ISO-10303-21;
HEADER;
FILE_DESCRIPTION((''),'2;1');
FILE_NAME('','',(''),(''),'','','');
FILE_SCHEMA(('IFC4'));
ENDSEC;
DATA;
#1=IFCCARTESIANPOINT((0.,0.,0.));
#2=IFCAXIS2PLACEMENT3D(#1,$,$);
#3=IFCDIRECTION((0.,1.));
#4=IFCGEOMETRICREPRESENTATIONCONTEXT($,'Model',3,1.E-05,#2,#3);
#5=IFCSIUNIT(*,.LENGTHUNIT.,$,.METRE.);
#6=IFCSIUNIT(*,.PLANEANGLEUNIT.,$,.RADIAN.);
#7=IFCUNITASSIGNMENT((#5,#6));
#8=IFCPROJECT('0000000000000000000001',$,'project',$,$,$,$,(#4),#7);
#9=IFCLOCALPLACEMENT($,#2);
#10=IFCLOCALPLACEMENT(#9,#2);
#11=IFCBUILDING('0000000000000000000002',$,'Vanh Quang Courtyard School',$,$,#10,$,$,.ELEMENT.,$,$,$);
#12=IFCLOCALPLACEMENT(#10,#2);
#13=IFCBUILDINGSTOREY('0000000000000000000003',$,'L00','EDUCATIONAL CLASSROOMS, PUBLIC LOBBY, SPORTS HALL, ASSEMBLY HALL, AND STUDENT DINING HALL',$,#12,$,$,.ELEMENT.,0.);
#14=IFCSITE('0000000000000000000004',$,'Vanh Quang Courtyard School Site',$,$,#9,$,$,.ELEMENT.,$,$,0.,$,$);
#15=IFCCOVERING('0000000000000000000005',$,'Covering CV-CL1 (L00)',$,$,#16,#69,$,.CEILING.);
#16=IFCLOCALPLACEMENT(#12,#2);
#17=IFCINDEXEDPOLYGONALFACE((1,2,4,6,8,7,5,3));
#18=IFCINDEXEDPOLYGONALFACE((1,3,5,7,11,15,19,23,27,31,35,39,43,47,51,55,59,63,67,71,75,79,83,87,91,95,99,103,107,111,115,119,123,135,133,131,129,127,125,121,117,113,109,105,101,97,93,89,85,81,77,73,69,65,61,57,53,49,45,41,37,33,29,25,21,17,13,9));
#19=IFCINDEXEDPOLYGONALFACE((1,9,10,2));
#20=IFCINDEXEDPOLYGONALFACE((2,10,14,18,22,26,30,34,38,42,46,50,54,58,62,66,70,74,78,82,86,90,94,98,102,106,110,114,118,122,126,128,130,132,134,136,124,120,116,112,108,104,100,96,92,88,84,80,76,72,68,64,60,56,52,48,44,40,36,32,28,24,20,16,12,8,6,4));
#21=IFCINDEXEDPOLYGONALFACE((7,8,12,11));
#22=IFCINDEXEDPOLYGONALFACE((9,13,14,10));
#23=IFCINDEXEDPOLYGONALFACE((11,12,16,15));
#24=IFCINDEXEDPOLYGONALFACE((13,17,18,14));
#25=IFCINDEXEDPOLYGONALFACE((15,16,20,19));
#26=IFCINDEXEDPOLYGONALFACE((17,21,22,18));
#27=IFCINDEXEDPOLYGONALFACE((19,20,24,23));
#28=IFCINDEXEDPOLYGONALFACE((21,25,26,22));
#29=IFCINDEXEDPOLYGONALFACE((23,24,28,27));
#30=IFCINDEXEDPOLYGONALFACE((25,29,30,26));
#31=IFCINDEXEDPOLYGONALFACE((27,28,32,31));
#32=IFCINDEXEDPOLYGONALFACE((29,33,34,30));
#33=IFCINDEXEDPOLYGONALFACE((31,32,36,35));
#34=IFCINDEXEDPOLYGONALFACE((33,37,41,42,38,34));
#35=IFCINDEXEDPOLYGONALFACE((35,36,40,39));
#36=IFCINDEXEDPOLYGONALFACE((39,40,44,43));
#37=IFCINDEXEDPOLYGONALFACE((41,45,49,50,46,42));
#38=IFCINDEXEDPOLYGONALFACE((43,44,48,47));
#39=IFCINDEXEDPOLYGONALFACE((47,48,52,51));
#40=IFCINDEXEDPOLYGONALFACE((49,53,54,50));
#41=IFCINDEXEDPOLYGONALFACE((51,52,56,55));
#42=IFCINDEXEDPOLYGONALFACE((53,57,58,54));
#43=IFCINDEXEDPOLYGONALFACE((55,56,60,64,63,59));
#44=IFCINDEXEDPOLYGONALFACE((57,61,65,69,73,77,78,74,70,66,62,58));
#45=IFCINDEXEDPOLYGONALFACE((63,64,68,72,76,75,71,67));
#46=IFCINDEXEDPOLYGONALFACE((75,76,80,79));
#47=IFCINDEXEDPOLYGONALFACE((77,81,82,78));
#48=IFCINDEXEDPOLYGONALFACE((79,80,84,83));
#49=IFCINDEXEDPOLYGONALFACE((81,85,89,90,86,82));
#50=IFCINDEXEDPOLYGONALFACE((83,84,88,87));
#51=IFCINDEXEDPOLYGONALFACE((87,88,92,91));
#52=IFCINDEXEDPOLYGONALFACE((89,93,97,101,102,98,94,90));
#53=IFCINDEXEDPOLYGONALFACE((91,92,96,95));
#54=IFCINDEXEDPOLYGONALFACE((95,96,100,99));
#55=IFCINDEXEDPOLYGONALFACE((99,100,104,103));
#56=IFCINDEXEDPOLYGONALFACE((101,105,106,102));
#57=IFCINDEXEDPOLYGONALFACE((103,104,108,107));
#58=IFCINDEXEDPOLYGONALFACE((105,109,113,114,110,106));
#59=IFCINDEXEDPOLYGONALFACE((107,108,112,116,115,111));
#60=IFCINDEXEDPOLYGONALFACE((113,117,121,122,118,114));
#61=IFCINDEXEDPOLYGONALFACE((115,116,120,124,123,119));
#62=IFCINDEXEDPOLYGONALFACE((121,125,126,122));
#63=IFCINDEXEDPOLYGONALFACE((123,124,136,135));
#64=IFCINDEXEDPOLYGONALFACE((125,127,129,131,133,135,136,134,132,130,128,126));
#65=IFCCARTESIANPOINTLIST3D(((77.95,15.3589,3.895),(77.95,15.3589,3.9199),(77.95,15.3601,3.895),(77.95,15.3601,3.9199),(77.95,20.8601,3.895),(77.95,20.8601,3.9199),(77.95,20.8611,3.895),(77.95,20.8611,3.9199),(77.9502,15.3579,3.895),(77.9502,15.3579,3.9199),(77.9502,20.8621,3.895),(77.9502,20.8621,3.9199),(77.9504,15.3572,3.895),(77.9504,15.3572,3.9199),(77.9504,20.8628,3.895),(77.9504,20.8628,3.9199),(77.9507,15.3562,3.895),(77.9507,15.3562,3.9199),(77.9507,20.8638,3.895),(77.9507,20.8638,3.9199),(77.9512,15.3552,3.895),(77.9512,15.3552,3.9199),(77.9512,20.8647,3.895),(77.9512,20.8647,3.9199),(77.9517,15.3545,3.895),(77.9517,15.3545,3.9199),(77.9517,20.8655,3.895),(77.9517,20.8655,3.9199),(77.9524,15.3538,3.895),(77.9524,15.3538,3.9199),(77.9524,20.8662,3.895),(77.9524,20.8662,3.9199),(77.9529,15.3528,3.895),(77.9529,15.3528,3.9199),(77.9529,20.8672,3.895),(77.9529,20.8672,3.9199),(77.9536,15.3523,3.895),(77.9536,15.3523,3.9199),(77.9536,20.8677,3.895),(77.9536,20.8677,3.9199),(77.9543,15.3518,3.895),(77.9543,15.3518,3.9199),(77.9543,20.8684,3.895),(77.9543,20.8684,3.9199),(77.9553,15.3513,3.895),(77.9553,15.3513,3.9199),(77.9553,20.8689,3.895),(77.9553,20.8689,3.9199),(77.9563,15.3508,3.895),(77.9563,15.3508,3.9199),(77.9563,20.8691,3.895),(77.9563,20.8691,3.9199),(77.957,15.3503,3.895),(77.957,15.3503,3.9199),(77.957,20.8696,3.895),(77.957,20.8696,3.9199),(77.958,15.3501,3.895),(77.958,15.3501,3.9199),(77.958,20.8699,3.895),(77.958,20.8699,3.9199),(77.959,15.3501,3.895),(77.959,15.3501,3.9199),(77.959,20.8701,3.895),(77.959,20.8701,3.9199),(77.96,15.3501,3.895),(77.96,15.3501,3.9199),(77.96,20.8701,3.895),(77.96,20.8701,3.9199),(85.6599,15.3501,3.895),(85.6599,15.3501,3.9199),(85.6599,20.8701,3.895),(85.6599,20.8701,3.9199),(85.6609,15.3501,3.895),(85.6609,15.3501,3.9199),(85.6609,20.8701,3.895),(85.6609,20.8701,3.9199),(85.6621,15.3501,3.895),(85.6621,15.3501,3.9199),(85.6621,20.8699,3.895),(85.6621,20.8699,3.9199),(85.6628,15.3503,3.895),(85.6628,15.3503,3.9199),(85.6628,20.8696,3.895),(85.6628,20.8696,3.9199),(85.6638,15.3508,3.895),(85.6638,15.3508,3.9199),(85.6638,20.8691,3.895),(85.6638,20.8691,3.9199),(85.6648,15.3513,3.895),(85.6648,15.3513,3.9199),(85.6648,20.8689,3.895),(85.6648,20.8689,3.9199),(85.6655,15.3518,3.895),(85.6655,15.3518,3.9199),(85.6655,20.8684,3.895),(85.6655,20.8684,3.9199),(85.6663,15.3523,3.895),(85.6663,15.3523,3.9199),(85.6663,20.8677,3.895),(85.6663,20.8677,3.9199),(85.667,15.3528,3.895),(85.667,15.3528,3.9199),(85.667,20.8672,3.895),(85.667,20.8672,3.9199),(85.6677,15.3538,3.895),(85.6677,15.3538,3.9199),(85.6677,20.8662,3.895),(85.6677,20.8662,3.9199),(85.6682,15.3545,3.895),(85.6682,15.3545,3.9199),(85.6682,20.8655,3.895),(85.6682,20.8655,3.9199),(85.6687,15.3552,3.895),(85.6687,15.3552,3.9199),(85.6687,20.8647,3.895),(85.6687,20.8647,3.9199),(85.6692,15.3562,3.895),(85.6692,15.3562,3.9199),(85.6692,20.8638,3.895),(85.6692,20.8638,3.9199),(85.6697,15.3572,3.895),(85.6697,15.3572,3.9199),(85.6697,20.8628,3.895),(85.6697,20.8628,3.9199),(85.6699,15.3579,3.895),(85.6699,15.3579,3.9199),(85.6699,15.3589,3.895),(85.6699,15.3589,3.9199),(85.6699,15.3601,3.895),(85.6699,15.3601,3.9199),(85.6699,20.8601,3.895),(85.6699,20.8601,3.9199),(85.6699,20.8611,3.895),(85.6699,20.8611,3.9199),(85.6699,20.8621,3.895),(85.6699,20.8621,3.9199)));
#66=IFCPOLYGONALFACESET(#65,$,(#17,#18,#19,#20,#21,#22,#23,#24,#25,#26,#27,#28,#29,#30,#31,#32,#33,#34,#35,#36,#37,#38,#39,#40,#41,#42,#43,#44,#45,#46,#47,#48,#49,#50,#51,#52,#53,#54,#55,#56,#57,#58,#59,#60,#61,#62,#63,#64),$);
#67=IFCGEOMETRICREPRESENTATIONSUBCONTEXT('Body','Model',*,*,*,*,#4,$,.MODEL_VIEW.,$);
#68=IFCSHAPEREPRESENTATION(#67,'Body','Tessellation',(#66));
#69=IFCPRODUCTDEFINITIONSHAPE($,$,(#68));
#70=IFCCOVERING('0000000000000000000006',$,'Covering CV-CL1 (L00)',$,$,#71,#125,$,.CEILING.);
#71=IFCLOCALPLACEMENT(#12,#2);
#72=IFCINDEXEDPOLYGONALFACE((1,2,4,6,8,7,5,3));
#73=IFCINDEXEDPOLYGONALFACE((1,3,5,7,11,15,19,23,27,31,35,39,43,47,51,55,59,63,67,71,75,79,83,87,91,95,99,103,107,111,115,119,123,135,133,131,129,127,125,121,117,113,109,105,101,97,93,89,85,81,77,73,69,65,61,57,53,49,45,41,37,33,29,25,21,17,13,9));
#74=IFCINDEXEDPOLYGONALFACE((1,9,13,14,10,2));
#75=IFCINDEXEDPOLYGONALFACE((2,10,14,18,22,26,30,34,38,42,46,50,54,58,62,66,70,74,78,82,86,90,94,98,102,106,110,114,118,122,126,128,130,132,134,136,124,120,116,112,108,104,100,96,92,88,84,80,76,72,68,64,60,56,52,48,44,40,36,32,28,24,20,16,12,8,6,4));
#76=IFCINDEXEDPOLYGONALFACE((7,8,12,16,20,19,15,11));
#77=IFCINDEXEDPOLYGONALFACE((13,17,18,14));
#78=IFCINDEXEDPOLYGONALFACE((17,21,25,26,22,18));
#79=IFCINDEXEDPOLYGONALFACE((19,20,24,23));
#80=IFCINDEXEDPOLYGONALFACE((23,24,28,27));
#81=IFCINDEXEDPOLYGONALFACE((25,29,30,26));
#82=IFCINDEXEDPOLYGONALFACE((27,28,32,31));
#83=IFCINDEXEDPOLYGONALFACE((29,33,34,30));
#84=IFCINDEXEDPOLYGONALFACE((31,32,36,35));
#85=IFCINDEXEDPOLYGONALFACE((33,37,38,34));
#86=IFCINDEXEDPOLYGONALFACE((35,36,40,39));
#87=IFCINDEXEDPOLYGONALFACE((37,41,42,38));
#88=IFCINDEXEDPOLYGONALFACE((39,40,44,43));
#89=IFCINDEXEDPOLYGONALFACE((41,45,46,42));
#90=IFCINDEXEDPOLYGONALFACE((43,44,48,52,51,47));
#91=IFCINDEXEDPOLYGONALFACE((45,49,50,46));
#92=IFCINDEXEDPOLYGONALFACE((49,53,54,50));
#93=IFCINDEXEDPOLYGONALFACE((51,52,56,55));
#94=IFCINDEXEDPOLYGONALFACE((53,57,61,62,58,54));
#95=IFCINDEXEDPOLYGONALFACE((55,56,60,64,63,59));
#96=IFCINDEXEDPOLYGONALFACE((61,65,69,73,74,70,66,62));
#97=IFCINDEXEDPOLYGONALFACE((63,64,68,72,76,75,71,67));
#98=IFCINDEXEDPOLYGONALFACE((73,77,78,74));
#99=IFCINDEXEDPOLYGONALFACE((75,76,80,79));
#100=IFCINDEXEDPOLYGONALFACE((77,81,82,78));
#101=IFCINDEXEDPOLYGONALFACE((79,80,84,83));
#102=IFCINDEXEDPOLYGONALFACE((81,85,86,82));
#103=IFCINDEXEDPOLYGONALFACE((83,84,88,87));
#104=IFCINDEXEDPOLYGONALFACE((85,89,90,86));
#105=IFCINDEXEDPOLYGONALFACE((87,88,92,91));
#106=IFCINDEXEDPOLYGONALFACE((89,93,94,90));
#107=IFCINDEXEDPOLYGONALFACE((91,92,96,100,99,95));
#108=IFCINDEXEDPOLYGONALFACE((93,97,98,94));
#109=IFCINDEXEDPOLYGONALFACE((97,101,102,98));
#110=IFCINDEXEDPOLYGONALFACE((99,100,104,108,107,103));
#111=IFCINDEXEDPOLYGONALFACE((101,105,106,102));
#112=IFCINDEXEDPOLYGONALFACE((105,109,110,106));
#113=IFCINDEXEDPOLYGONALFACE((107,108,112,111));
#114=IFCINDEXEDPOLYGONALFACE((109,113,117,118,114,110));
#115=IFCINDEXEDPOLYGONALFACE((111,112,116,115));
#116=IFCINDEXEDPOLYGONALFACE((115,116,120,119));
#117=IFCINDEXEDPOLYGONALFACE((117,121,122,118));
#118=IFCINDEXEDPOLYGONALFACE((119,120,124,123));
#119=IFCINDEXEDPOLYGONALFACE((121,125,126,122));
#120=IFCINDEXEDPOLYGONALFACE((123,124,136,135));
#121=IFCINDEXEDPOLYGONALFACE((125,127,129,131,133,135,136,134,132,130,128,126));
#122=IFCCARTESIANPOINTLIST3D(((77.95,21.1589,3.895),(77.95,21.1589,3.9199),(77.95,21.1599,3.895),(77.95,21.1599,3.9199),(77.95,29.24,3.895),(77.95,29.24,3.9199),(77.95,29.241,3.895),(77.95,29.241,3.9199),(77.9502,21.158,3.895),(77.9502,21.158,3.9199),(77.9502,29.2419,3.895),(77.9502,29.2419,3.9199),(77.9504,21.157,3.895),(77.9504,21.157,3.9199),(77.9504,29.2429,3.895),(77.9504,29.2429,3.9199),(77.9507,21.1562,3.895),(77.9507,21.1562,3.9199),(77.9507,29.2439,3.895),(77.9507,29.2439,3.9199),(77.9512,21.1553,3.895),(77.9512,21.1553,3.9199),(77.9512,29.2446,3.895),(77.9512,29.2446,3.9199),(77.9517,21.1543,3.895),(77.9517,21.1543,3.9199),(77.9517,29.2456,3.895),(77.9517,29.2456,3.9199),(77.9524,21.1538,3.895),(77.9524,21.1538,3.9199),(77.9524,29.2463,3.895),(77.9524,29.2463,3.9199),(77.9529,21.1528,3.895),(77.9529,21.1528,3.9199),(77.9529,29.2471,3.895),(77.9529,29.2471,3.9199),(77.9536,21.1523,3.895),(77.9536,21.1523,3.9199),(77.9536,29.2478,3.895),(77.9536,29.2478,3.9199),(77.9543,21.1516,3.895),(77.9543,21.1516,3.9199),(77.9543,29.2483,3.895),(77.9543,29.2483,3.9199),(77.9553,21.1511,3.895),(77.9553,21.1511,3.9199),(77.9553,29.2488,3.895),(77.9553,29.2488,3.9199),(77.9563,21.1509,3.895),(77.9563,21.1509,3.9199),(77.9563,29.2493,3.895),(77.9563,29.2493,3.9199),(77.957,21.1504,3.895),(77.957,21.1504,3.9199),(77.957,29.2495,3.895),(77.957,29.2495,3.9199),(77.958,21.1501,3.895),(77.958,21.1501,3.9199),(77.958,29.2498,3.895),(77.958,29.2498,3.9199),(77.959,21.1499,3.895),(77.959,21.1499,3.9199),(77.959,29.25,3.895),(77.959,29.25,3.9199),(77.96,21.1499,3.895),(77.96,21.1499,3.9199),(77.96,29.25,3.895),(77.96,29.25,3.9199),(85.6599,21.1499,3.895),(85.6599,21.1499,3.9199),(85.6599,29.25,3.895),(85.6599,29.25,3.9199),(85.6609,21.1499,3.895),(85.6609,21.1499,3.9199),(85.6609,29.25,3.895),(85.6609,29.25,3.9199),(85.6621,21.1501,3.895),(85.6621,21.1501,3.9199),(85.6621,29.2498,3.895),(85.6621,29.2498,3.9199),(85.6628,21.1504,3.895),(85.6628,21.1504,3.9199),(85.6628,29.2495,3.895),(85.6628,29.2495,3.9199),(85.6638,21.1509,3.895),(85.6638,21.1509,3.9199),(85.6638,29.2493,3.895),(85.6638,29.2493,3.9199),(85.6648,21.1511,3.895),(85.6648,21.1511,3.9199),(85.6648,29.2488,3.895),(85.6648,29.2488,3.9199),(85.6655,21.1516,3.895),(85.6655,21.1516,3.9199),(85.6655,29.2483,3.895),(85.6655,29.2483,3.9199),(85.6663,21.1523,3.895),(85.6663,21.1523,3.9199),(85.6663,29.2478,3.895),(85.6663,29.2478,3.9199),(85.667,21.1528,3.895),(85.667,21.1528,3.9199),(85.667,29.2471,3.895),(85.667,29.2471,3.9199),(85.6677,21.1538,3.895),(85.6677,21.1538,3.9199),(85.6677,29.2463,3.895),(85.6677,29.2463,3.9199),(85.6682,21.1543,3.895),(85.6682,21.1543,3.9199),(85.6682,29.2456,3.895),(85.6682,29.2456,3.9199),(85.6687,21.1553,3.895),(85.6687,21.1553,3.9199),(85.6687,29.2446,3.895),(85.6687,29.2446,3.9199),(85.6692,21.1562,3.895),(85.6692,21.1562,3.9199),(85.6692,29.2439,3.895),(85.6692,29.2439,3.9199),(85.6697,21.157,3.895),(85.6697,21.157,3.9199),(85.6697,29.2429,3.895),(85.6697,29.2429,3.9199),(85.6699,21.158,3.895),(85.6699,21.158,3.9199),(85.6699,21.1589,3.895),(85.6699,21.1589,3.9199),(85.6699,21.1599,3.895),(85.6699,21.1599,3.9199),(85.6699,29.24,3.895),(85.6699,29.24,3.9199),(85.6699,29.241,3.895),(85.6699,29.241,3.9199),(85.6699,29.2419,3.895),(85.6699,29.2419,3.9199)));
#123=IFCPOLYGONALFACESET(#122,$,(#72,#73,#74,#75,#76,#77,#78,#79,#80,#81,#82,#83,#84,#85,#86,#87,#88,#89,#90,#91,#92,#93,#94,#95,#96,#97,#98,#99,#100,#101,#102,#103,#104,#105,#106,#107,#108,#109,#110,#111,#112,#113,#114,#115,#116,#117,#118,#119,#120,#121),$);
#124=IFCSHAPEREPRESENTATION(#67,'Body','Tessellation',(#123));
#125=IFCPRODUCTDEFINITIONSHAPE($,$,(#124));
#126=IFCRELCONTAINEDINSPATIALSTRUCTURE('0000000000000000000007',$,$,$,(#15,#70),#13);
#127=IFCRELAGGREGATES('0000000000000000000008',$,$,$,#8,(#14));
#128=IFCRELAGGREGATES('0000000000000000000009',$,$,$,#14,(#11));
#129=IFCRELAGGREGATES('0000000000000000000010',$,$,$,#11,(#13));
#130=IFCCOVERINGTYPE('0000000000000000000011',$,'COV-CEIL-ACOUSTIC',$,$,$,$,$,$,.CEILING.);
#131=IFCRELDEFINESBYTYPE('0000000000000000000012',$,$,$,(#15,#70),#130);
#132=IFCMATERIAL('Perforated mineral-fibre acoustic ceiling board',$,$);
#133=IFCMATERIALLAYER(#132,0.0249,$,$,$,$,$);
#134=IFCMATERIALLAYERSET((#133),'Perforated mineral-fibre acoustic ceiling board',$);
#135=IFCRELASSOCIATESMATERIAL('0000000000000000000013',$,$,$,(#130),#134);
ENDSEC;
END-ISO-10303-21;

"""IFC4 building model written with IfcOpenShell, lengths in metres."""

from ifc_helpers import new_model, si_unit, direction, frame, origin, place, context, subcontext, project, spatial, polyline, outline, extrude, material, layer, layer_set, type_object, element, save


model = new_model("IFC4")

# Units and contexts
model_context = context("Model", 3, precision=1e-05, world=origin(), true_north=direction((0.0, 1.0)))
body_context = subcontext(model_context, "Body", "Model", "MODEL_VIEW")
ifc_project = project(units=[si_unit("LENGTHUNIT", "METRE"), si_unit("PLANEANGLEUNIT", "RADIAN")], contexts=[model_context])

# Site, building, storey
site_placement = place(None, origin())
site = spatial("IfcSite", under=ifc_project, at=site_placement, Name="Vanh Quang Courtyard School Site", CompositionType="ELEMENT", RefElevation=0.0)
building_placement = place(site_placement, origin())
building = spatial("IfcBuilding", under=site, at=building_placement, Name="Vanh Quang Courtyard School", CompositionType="ELEMENT")
storey_placement = place(building_placement, origin())
storey = spatial("IfcBuildingStorey", under=building, at=storey_placement, Name="L00", Description="EDUCATIONAL CLASSROOMS, PUBLIC LOBBY, SPORTS HALL, ASSEMBLY HALL, AND STUDENT DINING HALL", CompositionType="ELEMENT", Elevation=0.0)

# Coverings
ifc_material_1 = material(Name="Perforated mineral-fibre acoustic ceiling board")
ifc_layer_1 = layer(ifc_material_1, 0.0249)
ifc_layer_set_1 = layer_set([ifc_layer_1], Name="Perforated mineral-fibre acoustic ceiling board")
covering_type = type_object("IfcCoveringType", Name="COV-CEIL-ACOUSTIC", PredefinedType="CEILING", material=ifc_layer_set_1)
covering_1_placement = place(storey_placement, frame((0.0, 0.0, 3.895)))
element("IfcCovering", 1, at=covering_1_placement, inside=storey, type_object=covering_type, Name="Covering CV-CL1 (L00)", PredefinedType="CEILING", context=body_context, shape_type="SweptSolid", body=[
    extrude(outline(polyline([(77.96, 15.3501), (77.959, 15.3501), (77.958, 15.3501), (77.957, 15.3503), (77.9563, 15.3508), (77.9553, 15.3513), (77.9543, 15.3518), (77.9536, 15.3523), (77.9529, 15.3528), (77.9524, 15.3538), (77.9517, 15.3545), (77.9512, 15.3552), (77.9507, 15.3562), (77.9504, 15.3572), (77.9502, 15.3579), (77.95, 15.3589), (77.95, 15.3601), (77.95, 20.8601), (77.95, 20.8611), (77.9502, 20.8621), (77.9504, 20.8628), (77.9507, 20.8638), (77.9512, 20.8647), (77.9517, 20.8655), (77.9524, 20.8662), (77.9529, 20.8672), (77.9536, 20.8677), (77.9543, 20.8684), (77.9553, 20.8689), (77.9563, 20.8691), (77.957, 20.8696), (77.958, 20.8699), (77.959, 20.8701), (77.96, 20.8701), (85.6599, 20.8701), (85.6609, 20.8701), (85.6621, 20.8699), (85.6628, 20.8696), (85.6638, 20.8691), (85.6648, 20.8689), (85.6655, 20.8684), (85.6663, 20.8677), (85.667, 20.8672), (85.6677, 20.8662), (85.6682, 20.8655), (85.6687, 20.8647), (85.6692, 20.8638), (85.6697, 20.8628), (85.6699, 20.8621), (85.6699, 20.8611), (85.6699, 20.8601), (85.6699, 15.3601), (85.6699, 15.3589), (85.6699, 15.3579), (85.6697, 15.3572), (85.6692, 15.3562), (85.6687, 15.3552), (85.6682, 15.3545), (85.6677, 15.3538), (85.667, 15.3528), (85.6663, 15.3523), (85.6655, 15.3518), (85.6648, 15.3513), (85.6638, 15.3508), (85.6628, 15.3503), (85.6621, 15.3501), (85.6609, 15.3501), (85.6599, 15.3501), (77.96, 15.3501)])), origin(), (0.0, 0.0, 1.0), 0.0249),
])
covering_2_placement = place(storey_placement, frame((0.0, 0.0, 3.895)))
element("IfcCovering", 2, at=covering_2_placement, inside=storey, type_object=covering_type, Name="Covering CV-CL1 (L00)", PredefinedType="CEILING", context=body_context, shape_type="SweptSolid", body=[
    extrude(outline(polyline([(77.96, 21.1499), (77.959, 21.1499), (77.958, 21.1501), (77.957, 21.1504), (77.9563, 21.1509), (77.9553, 21.1511), (77.9543, 21.1516), (77.9536, 21.1523), (77.9529, 21.1528), (77.9524, 21.1538), (77.9517, 21.1543), (77.9512, 21.1553), (77.9507, 21.1562), (77.9504, 21.157), (77.9502, 21.158), (77.95, 21.1589), (77.95, 21.1599), (77.95, 29.24), (77.95, 29.241), (77.9502, 29.2419), (77.9504, 29.2429), (77.9507, 29.2439), (77.9512, 29.2446), (77.9517, 29.2456), (77.9524, 29.2463), (77.9529, 29.2471), (77.9536, 29.2478), (77.9543, 29.2483), (77.9553, 29.2488), (77.9563, 29.2493), (77.957, 29.2495), (77.958, 29.2498), (77.959, 29.25), (77.96, 29.25), (85.6599, 29.25), (85.6609, 29.25), (85.6621, 29.2498), (85.6628, 29.2495), (85.6638, 29.2493), (85.6648, 29.2488), (85.6655, 29.2483), (85.6663, 29.2478), (85.667, 29.2471), (85.6677, 29.2463), (85.6682, 29.2456), (85.6687, 29.2446), (85.6692, 29.2439), (85.6697, 29.2429), (85.6699, 29.2419), (85.6699, 29.241), (85.6699, 29.24), (85.6699, 21.1599), (85.6699, 21.1589), (85.6699, 21.158), (85.6697, 21.157), (85.6692, 21.1562), (85.6687, 21.1553), (85.6682, 21.1543), (85.6677, 21.1538), (85.667, 21.1528), (85.6663, 21.1523), (85.6655, 21.1516), (85.6648, 21.1511), (85.6638, 21.1509), (85.6628, 21.1504), (85.6621, 21.1501), (85.6609, 21.1499), (85.6599, 21.1499), (77.96, 21.1499)])), origin(), (0.0, 0.0, 1.0), 0.0249),
])

save(model, "model.ifc")
